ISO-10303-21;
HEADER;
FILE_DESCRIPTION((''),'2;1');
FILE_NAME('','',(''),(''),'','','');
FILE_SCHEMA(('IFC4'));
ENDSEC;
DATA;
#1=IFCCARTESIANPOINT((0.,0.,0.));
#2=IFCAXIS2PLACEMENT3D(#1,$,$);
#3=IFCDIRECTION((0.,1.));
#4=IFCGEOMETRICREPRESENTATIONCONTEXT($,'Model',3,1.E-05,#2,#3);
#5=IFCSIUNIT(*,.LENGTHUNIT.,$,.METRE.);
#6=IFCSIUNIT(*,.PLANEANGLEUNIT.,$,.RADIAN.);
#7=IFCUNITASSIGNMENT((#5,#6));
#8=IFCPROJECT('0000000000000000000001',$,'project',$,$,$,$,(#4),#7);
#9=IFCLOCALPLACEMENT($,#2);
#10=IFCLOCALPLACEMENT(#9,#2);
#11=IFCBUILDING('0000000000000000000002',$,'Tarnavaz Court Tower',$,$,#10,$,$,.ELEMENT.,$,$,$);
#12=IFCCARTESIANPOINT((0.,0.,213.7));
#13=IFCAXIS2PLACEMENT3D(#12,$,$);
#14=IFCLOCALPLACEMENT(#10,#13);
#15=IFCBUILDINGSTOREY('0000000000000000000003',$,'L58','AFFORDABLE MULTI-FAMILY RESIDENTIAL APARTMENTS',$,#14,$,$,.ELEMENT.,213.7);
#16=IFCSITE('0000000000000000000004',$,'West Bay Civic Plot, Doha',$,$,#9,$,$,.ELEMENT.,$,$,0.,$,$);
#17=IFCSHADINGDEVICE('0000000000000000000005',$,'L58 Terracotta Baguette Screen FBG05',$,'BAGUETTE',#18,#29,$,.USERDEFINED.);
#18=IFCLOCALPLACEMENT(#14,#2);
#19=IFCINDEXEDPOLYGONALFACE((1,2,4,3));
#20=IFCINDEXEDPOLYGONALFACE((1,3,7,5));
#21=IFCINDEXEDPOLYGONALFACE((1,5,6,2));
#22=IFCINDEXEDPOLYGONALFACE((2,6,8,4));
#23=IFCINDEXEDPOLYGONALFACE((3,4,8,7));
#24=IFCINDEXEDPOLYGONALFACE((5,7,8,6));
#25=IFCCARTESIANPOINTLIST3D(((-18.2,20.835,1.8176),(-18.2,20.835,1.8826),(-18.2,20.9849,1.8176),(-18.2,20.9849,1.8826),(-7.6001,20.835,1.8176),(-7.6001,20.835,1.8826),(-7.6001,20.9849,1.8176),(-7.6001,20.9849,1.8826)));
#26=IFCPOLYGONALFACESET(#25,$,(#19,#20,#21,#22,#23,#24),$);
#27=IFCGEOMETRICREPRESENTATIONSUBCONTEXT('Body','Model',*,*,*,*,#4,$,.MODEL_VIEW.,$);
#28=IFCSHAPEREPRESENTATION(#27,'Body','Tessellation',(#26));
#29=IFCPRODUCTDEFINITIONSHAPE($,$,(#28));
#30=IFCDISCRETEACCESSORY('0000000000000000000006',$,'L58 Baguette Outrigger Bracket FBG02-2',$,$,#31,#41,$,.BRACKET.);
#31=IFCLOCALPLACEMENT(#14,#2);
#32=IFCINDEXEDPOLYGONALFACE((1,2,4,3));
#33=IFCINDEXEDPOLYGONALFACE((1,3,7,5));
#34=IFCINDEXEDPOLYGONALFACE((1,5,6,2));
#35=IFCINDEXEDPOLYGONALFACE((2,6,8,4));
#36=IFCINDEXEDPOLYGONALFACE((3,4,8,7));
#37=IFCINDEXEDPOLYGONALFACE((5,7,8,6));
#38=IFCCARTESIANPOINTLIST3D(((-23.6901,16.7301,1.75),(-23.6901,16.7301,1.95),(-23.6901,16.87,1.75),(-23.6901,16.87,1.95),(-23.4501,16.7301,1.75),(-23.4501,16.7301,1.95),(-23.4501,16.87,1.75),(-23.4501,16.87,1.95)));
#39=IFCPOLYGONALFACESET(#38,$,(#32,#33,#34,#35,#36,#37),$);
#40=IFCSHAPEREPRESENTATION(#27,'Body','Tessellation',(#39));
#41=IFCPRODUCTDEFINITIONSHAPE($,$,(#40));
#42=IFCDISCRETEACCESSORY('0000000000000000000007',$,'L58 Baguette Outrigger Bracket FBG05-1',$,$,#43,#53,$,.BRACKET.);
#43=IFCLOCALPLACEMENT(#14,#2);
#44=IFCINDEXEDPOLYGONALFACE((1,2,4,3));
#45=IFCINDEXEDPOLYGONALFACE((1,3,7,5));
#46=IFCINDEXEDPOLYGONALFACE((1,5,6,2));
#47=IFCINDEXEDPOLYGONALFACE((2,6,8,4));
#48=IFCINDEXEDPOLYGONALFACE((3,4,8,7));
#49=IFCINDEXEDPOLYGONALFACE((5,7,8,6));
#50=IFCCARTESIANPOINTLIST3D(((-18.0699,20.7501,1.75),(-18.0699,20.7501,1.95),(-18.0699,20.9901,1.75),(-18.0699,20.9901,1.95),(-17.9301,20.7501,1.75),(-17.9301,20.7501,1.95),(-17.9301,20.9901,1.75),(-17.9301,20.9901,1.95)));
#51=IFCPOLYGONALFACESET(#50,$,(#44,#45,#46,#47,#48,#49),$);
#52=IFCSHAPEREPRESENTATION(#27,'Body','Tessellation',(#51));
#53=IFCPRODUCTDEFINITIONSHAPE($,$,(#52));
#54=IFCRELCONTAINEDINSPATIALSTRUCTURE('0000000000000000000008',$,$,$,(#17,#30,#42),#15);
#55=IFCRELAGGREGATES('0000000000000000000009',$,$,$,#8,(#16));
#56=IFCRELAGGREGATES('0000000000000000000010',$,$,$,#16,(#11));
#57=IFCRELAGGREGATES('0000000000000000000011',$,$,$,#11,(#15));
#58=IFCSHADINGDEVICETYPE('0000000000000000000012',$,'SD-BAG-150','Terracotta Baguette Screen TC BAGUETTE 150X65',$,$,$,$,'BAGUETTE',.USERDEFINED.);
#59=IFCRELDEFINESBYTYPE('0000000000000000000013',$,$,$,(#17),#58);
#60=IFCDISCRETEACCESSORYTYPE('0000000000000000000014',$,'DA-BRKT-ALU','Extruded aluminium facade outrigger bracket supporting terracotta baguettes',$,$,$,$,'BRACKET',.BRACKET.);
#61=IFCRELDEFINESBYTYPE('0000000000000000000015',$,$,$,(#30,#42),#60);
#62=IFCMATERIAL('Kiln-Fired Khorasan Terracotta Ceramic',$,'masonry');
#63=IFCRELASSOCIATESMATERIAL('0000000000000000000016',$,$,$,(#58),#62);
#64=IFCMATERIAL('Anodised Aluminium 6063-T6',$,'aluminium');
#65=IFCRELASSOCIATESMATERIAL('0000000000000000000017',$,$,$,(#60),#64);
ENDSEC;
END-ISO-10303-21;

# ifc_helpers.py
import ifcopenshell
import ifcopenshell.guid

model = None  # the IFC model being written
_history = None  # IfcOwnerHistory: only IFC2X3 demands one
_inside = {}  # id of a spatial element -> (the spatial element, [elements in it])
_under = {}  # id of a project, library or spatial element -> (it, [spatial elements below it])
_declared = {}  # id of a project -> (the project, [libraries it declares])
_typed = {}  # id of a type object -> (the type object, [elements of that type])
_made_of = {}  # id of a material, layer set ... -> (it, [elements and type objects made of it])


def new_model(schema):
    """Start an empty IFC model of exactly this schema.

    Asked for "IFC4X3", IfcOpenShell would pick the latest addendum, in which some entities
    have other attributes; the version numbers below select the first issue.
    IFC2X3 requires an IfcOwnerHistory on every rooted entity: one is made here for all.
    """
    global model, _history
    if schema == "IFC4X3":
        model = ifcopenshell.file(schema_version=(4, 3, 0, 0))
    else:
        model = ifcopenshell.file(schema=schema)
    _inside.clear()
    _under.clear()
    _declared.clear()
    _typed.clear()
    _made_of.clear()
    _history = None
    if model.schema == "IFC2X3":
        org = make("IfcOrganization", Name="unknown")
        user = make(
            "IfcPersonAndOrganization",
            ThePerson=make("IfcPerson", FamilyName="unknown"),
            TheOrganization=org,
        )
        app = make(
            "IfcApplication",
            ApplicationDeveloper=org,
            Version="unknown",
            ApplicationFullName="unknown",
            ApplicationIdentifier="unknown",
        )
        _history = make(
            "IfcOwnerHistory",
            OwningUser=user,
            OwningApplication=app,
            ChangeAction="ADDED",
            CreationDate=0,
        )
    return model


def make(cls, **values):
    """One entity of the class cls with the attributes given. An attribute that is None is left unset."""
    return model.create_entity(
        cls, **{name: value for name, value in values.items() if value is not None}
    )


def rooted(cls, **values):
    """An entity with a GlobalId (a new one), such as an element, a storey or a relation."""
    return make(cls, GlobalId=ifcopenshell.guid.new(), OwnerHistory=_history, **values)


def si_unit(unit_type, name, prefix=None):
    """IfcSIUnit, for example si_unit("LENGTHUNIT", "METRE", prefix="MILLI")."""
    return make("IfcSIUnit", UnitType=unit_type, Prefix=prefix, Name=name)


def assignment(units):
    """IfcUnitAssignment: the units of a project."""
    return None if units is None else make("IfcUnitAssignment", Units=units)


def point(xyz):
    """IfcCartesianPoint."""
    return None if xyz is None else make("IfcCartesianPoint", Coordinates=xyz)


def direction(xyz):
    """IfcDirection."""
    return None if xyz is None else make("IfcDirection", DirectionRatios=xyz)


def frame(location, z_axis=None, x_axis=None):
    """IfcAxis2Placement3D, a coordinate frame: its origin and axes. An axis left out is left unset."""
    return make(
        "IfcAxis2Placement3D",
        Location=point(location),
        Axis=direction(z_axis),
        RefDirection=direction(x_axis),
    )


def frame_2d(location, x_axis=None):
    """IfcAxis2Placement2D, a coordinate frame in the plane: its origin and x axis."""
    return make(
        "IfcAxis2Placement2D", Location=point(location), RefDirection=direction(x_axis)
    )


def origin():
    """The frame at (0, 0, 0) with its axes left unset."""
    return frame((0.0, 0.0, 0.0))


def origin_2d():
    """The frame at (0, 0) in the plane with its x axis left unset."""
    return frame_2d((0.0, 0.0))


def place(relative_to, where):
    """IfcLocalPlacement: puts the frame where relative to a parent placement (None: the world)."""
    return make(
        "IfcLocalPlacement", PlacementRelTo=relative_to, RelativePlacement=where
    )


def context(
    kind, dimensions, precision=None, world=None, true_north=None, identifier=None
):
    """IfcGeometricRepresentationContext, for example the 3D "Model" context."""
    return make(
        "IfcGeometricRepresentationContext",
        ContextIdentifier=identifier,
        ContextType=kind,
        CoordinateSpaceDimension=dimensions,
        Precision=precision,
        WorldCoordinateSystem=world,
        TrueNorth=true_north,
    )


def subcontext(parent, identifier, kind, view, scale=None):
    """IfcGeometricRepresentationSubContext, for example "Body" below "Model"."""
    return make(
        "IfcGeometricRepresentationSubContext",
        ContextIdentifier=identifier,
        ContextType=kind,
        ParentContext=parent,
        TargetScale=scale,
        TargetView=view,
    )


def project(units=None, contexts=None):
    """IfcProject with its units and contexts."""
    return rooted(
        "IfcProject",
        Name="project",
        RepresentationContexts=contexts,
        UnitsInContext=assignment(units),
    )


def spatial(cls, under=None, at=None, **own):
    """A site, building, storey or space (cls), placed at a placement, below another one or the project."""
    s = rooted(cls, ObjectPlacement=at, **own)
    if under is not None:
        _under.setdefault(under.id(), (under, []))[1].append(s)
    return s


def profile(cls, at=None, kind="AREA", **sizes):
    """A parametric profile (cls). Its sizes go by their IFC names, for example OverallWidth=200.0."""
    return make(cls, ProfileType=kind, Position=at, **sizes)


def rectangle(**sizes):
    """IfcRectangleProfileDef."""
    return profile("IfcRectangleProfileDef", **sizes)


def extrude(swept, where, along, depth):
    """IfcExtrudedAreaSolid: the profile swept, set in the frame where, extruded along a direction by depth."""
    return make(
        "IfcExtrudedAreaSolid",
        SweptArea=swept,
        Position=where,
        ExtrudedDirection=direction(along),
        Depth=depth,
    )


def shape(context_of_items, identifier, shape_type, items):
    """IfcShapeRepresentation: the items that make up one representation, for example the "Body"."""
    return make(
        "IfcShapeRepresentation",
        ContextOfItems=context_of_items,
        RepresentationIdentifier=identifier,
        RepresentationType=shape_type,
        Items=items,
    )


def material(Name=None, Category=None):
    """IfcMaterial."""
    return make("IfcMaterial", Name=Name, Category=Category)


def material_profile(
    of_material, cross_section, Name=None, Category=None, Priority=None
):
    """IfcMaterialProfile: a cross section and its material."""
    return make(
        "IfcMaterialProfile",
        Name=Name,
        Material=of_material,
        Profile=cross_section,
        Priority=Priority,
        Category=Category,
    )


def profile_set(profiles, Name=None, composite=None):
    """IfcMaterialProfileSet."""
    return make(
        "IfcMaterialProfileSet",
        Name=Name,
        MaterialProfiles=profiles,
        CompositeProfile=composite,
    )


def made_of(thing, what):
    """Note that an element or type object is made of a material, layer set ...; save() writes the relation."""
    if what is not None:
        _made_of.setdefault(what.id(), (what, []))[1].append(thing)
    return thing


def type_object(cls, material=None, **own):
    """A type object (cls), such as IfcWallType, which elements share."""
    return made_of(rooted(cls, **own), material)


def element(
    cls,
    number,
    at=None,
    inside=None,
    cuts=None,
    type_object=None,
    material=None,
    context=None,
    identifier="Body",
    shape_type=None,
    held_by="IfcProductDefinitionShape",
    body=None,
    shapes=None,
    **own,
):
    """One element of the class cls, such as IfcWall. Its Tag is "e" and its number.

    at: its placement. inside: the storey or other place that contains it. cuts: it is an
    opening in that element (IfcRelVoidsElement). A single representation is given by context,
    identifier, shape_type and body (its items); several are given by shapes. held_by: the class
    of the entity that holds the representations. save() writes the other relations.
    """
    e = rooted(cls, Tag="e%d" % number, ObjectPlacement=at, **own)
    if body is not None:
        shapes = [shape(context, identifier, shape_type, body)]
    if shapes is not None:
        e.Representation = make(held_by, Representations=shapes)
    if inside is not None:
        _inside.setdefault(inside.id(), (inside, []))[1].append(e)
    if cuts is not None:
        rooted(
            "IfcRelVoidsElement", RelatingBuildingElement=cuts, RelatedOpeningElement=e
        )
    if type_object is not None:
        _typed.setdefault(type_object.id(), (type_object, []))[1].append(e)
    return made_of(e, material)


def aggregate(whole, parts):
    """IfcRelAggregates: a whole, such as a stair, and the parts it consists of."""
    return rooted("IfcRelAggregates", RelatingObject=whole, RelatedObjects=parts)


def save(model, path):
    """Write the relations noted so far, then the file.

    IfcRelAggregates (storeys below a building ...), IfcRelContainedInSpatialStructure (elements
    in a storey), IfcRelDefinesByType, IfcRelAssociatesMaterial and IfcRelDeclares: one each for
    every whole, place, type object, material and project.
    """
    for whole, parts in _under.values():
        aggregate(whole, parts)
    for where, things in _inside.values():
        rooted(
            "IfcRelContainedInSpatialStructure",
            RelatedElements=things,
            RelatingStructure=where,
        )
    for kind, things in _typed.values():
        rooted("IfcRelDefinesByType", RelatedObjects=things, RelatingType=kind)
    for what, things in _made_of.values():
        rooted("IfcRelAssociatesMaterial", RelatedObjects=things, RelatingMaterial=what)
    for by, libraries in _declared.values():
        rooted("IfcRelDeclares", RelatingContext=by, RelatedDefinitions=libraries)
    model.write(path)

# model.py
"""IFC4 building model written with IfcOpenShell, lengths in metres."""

from ifc_helpers import new_model, si_unit, direction, frame, origin, origin_2d, place, context, subcontext, project, spatial, rectangle, extrude, material, material_profile, profile_set, type_object, element, save


model = new_model("IFC4")

# Units and contexts
model_context = context("Model", 3, precision=1e-05, world=origin(), true_north=direction((0.0, 1.0)))
body_context = subcontext(model_context, "Body", "Model", "MODEL_VIEW")
ifc_project = project(units=[si_unit("LENGTHUNIT", "METRE"), si_unit("PLANEANGLEUNIT", "RADIAN")], contexts=[model_context])

# Site, building, storey
site_placement = place(None, origin())
site = spatial("IfcSite", under=ifc_project, at=site_placement, Name="West Bay Civic Plot, Doha", CompositionType="ELEMENT", RefElevation=0.0)
building_placement = place(site_placement, origin())
building = spatial("IfcBuilding", under=site, at=building_placement, Name="Tarnavaz Court Tower", CompositionType="ELEMENT")
storey_placement = place(building_placement, frame((0.0, 0.0, 213.7)))
storey = spatial("IfcBuildingStorey", under=building, at=storey_placement, Name="L58", Description="AFFORDABLE MULTI-FAMILY RESIDENTIAL APARTMENTS", CompositionType="ELEMENT", Elevation=213.7)

# Shading device
ifc_material_1 = material(Name="Kiln-Fired Khorasan Terracotta Ceramic", Category="masonry")
ifc_material_profile_1 = material_profile(ifc_material_1, rectangle(XDim=0.1499, YDim=0.0649, at=origin_2d()), Name="TC BAGUETTE 150X65")
ifc_profile_set_1 = profile_set([ifc_material_profile_1], Name="Kiln-Fired Khorasan Terracotta Ceramic")
shading_device_type = type_object("IfcShadingDeviceType", Name="SD-BAG-150", Description="Terracotta Baguette Screen TC BAGUETTE 150X65", ElementType="BAGUETTE", PredefinedType="USERDEFINED", material=ifc_profile_set_1)
shading_device_placement = place(storey_placement, frame((-18.2, 20.9099, 1.8501), z_axis=(1.0, 0.0, 0.0), x_axis=(0.0, 1.0, 0.0)))
element("IfcShadingDevice", 1, at=shading_device_placement, inside=storey, type_object=shading_device_type, Name="L58 Terracotta Baguette Screen FBG05", ObjectType="BAGUETTE", PredefinedType="USERDEFINED", context=body_context, shape_type="SweptSolid", body=[
    extrude(rectangle(XDim=0.1499, YDim=0.0649, at=origin_2d()), origin(), (0.0, 0.0, 1.0), 10.5999),
])

# Discrete accessories
ifc_material_2 = material(Name="Anodised Aluminium 6063-T6", Category="aluminium")
discrete_accessory_type = type_object("IfcDiscreteAccessoryType", Name="DA-BRKT-ALU", Description="Extruded aluminium facade outrigger bracket supporting terracotta baguettes", ElementType="BRACKET", PredefinedType="BRACKET", material=ifc_material_2)
for number, where, z_axis, x_axis, name in (
    (2, (-23.5701, 16.8, 1.75), (0.0, 0.0, 1.0), (0.0, 1.0, 0.0), "L58 Baguette Outrigger Bracket FBG02-2"),
    (3, (-18.0, 20.8701, 1.75), (0.0, 0.0, 1.0), (1.0, 0.0, 0.0), "L58 Baguette Outrigger Bracket FBG05-1"),
):
    element("IfcDiscreteAccessory", number, at=place(storey_placement, frame(where, z_axis=z_axis, x_axis=x_axis)), inside=storey, type_object=discrete_accessory_type, Name=name, PredefinedType="BRACKET", context=body_context, shape_type="SweptSolid", body=[
        extrude(rectangle(XDim=0.1399, YDim=0.24, at=origin_2d()), origin(), (0.0, 0.0, 1.0), 0.2),
    ])

save(model, "model.ifc")
